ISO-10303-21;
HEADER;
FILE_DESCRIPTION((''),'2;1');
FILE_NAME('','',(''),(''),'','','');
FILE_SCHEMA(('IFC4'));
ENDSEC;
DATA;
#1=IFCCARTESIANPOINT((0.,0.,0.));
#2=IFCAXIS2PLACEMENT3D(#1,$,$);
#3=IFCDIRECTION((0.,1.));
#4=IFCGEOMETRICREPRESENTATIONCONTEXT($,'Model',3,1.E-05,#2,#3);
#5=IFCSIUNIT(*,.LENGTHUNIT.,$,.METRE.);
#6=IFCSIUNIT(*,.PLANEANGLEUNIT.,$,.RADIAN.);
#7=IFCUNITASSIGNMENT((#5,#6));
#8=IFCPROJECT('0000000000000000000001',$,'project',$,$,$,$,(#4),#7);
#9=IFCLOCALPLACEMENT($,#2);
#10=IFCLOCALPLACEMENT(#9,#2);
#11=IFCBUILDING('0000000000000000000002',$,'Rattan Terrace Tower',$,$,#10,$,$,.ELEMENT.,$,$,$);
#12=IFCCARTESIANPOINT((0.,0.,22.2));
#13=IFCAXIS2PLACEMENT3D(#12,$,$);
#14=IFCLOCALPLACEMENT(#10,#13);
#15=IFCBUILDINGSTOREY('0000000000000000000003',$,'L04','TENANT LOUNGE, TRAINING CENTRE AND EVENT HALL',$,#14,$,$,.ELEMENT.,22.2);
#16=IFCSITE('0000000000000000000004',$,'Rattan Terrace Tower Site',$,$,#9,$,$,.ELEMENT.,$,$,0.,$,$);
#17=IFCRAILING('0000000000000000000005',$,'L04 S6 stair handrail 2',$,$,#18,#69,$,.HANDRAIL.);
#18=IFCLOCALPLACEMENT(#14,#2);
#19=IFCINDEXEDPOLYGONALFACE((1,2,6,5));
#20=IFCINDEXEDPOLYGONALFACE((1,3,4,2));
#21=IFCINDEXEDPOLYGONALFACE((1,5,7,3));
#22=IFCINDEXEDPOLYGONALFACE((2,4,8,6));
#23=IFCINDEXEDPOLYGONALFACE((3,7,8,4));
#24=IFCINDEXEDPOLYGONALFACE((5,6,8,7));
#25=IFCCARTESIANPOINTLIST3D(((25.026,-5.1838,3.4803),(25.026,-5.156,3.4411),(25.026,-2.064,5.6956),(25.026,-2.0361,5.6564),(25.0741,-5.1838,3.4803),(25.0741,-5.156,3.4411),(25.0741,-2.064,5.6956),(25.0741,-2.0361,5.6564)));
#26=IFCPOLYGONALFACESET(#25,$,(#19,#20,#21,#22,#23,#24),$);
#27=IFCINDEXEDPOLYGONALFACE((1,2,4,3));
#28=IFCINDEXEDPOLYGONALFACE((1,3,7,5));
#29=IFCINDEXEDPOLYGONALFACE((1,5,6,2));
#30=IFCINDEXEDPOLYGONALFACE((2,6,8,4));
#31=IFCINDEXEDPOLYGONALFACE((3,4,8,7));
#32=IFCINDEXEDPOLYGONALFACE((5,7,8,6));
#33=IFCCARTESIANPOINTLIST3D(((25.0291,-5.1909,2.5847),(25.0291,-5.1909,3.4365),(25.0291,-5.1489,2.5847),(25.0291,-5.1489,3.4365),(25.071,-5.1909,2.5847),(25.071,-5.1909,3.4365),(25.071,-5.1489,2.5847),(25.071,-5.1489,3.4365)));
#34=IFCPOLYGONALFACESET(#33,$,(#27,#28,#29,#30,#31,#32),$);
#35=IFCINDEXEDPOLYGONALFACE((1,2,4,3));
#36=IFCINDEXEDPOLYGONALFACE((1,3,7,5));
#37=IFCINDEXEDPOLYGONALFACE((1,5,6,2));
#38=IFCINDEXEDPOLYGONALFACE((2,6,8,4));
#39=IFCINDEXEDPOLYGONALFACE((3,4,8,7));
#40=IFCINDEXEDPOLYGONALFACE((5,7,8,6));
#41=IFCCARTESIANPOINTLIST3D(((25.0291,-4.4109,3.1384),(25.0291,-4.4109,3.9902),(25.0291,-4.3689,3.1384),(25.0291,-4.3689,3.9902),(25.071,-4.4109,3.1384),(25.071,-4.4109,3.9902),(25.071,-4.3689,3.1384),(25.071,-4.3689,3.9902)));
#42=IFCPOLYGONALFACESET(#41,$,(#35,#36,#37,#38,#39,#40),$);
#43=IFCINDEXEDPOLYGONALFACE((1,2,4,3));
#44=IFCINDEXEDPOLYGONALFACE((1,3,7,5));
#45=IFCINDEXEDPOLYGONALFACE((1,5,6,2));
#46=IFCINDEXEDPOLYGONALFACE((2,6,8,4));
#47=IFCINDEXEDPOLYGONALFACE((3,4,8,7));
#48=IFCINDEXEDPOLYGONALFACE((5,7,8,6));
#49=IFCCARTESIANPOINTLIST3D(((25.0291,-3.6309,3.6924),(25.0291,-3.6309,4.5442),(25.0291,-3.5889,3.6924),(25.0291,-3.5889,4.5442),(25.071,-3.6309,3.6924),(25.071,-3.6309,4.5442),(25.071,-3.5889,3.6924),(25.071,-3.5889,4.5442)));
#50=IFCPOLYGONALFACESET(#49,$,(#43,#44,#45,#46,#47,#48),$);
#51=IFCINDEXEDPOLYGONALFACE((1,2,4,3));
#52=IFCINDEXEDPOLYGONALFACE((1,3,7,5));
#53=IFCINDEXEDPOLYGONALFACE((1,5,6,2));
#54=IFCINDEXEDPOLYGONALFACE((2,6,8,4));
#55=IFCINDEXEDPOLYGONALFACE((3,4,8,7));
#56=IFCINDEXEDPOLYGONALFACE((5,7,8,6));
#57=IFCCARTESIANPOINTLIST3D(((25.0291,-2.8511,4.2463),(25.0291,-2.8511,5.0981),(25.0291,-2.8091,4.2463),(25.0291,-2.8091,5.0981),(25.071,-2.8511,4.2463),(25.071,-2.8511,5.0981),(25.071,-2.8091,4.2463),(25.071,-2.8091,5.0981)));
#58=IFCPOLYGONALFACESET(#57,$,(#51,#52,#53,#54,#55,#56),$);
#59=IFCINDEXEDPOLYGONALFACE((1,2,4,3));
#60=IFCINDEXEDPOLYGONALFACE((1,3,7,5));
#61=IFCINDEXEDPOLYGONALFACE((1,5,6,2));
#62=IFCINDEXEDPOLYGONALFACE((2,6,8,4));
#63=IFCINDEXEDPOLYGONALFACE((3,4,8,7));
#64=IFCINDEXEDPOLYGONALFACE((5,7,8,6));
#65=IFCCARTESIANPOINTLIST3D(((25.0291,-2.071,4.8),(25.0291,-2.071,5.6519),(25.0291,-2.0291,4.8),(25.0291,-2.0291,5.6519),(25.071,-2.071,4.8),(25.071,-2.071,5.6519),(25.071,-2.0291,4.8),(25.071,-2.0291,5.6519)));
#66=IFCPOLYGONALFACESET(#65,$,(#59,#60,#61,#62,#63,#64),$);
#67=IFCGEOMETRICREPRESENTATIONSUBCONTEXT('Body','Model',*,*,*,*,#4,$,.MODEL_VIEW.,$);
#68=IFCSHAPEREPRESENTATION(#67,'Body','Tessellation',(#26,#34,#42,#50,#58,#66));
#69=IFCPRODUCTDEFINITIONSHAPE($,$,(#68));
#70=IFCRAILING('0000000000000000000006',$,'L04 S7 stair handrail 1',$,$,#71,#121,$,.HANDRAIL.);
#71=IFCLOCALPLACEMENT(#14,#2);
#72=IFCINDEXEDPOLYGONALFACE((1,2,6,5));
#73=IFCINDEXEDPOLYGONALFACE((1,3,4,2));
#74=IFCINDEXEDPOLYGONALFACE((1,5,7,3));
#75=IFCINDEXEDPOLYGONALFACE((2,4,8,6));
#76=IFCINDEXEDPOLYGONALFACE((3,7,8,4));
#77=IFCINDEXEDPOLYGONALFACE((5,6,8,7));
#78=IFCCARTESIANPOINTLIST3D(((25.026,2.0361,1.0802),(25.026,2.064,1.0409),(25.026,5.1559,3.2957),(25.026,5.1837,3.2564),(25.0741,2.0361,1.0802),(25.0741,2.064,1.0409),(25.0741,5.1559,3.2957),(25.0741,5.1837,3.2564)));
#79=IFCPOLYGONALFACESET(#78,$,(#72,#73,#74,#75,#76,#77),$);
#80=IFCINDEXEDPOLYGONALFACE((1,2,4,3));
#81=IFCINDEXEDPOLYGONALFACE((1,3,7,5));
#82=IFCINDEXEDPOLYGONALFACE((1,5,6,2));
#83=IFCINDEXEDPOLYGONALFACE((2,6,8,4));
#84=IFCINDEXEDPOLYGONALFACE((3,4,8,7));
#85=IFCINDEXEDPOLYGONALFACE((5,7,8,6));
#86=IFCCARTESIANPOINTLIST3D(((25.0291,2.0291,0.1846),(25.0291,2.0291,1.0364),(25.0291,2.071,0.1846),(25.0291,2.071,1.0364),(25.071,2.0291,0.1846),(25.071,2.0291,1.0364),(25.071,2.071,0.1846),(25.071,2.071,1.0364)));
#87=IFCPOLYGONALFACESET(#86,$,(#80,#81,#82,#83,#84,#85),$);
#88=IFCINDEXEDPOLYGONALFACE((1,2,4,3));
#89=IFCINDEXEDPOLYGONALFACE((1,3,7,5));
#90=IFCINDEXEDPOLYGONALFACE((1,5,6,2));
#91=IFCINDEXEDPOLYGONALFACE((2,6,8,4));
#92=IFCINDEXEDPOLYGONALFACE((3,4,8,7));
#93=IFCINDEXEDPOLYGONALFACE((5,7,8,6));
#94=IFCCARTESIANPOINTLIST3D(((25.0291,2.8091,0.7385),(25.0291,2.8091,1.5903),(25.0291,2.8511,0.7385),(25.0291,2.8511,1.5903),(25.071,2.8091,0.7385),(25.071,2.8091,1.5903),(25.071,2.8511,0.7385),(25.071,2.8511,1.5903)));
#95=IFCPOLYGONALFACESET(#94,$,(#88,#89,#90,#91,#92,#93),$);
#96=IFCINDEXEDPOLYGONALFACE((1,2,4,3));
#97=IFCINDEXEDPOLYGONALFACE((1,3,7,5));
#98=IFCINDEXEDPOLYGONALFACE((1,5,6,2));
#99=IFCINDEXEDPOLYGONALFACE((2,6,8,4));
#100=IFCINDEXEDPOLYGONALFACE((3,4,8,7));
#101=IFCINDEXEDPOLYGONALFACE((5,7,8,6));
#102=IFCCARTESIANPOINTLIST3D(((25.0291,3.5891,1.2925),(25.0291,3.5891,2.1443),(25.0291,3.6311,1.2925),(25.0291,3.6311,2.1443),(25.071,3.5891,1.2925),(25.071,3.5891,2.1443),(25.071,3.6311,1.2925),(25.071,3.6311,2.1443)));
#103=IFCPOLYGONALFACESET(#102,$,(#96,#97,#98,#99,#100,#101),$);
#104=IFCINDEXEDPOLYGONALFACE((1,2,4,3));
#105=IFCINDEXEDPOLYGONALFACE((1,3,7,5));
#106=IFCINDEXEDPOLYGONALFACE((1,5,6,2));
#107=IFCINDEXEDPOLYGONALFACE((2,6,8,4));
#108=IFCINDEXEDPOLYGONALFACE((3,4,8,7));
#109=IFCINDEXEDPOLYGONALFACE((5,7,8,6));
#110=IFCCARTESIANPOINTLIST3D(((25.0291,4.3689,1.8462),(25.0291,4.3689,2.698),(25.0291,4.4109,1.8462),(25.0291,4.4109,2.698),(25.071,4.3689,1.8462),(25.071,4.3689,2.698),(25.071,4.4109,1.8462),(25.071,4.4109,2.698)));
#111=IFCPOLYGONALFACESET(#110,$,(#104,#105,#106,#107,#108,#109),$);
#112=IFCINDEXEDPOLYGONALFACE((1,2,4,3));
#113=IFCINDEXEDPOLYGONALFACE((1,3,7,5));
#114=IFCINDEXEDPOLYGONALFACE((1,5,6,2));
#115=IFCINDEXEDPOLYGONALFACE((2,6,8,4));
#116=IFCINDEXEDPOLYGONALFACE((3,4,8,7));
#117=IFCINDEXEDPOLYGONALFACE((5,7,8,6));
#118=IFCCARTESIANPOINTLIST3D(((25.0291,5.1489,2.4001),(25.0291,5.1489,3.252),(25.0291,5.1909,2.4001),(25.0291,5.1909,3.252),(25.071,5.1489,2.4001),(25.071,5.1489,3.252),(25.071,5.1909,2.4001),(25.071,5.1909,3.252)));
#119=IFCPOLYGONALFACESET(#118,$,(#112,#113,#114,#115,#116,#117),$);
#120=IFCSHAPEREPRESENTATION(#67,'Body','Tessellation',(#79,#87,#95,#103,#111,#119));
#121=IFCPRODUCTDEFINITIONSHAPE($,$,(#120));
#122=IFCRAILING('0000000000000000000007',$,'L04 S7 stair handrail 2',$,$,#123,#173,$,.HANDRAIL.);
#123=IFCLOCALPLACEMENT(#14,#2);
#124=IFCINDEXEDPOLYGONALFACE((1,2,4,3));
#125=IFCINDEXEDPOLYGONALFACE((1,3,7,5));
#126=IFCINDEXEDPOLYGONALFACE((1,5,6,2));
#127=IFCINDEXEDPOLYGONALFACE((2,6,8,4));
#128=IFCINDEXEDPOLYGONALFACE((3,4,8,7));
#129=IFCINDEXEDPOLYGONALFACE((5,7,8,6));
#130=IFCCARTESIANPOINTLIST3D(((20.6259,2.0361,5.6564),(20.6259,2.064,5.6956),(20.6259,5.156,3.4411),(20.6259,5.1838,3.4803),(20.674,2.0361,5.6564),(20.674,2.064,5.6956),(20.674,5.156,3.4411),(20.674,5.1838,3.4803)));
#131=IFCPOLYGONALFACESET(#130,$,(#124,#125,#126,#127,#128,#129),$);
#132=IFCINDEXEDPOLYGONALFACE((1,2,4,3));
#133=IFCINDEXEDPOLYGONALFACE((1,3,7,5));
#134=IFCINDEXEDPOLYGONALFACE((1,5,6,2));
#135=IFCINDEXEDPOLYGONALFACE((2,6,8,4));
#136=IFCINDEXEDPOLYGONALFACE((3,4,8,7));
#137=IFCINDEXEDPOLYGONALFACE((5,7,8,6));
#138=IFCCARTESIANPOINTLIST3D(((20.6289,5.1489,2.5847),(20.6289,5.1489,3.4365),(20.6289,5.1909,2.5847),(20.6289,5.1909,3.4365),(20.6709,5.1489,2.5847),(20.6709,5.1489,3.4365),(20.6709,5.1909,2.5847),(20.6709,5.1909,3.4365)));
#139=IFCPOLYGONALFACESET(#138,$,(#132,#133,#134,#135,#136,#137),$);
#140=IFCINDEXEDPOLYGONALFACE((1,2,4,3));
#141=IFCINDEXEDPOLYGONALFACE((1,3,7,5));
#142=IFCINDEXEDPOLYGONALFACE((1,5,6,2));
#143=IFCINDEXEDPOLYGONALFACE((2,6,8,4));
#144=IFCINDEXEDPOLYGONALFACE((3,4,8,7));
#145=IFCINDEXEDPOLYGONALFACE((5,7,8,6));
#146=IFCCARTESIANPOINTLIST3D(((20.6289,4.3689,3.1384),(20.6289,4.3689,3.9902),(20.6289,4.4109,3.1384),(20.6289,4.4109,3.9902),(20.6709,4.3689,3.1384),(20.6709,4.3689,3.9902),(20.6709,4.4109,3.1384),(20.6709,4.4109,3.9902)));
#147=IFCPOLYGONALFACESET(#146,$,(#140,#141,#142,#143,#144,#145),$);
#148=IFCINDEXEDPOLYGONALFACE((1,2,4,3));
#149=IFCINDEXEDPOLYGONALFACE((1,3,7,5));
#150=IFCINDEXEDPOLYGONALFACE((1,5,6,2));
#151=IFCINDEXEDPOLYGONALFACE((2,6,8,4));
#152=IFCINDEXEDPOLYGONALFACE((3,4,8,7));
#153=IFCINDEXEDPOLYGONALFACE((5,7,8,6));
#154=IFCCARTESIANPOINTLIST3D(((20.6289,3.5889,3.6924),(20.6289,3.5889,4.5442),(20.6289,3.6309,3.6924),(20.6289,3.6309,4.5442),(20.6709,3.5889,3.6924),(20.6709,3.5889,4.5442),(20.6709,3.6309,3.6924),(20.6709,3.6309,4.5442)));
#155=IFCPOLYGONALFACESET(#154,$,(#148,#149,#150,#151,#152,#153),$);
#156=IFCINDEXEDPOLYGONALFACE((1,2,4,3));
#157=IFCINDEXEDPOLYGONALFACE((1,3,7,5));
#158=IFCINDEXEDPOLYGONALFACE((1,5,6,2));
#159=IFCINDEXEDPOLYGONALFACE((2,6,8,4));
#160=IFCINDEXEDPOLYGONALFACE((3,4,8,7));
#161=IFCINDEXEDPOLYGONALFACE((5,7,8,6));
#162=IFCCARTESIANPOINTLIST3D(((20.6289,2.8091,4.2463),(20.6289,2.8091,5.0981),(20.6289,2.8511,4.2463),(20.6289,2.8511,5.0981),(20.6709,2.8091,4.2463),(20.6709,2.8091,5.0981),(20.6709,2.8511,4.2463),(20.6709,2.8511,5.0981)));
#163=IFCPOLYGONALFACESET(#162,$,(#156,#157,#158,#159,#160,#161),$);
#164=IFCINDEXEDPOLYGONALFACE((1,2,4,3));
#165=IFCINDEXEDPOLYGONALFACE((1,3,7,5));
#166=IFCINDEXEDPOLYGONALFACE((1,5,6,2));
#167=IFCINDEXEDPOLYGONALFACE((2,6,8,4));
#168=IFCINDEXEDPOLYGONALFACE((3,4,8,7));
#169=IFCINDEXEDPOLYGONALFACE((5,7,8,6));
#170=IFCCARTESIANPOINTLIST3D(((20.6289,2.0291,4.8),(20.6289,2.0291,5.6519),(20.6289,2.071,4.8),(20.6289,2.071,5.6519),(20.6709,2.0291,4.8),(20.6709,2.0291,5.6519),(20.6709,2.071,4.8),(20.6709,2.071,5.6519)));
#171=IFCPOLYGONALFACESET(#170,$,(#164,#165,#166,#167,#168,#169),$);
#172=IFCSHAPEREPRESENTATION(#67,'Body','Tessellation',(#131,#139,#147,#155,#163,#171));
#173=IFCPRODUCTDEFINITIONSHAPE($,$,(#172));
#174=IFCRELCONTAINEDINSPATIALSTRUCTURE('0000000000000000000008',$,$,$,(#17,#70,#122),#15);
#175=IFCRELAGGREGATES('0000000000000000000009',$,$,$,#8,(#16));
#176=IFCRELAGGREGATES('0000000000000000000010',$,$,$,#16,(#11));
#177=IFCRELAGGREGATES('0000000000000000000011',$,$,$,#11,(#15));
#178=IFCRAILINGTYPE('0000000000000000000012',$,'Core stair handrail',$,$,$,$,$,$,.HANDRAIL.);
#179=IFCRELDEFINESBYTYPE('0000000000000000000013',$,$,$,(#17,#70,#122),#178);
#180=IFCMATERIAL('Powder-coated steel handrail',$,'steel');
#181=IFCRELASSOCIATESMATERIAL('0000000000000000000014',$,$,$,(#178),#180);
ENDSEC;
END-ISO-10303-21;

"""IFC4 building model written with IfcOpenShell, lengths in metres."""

from ifc_helpers import new_model, si_unit, direction, frame, origin, origin_2d, place, context, subcontext, project, spatial, rectangle, extrude, material, type_object, element, save


model = new_model("IFC4")

# Units and contexts
model_context = context("Model", 3, precision=1e-05, world=origin(), true_north=direction((0.0, 1.0)))
body_context = subcontext(model_context, "Body", "Model", "MODEL_VIEW")
ifc_project = project(units=[si_unit("LENGTHUNIT", "METRE"), si_unit("PLANEANGLEUNIT", "RADIAN")], contexts=[model_context])

# Site, building, storey
site_placement = place(None, origin())
site = spatial("IfcSite", under=ifc_project, at=site_placement, Name="Rattan Terrace Tower Site", CompositionType="ELEMENT", RefElevation=0.0)
building_placement = place(site_placement, origin())
building = spatial("IfcBuilding", under=site, at=building_placement, Name="Rattan Terrace Tower", CompositionType="ELEMENT")
storey_placement = place(building_placement, frame((0.0, 0.0, 22.2)))
storey = spatial("IfcBuildingStorey", under=building, at=storey_placement, Name="L04", Description="TENANT LOUNGE, TRAINING CENTRE AND EVENT HALL", CompositionType="ELEMENT", Elevation=22.2)

# Railings
ifc_material_1 = material(Name="Powder-coated steel handrail", Category="steel")
railing_type_1 = type_object("IfcRailingType", Name="Core stair handrail", PredefinedType="HANDRAIL", material=ifc_material_1)
railing_1_placement = place(storey_placement, frame((25.05, -5.1699, 2.5847)))
element("IfcRailing", 1, at=railing_1_placement, inside=storey, type_object=railing_type_1, Name="L04 S6 stair handrail 2", PredefinedType="HANDRAIL", context=body_context, shape_type="SweptSolid", body=[
    extrude(rectangle(XDim=0.0481, YDim=0.0481, at=origin_2d()), frame((0.0, 0.0, 0.876), z_axis=(0.0, 0.815356, 0.578961), x_axis=(-1.0, 0.0, 0.0)), (0.0, 0.0, 1.0), 3.8264),
    extrude(rectangle(XDim=0.042, YDim=0.042, at=origin_2d()), origin(), (0.0, 0.0, 1.0), 0.8518),
    extrude(rectangle(XDim=0.042, YDim=0.042, at=origin_2d()), frame((0.0, 0.78, 0.5537)), (0.0, 0.0, 1.0), 0.8518),
    extrude(rectangle(XDim=0.042, YDim=0.042, at=origin_2d()), frame((0.0, 1.5601, 1.1077)), (0.0, 0.0, 1.0), 0.8518),
    extrude(rectangle(XDim=0.042, YDim=0.042, at=origin_2d()), frame((0.0, 2.3398, 1.6616)), (0.0, 0.0, 1.0), 0.8518),
    extrude(rectangle(XDim=0.042, YDim=0.042, at=origin_2d()), frame((0.0, 3.1199, 2.2153)), (0.0, 0.0, 1.0), 0.8518),
])
railing_2_placement = place(storey_placement, frame((25.05, 2.05, 0.1846)))
element("IfcRailing", 2, at=railing_2_placement, inside=storey, type_object=railing_type_1, Name="L04 S7 stair handrail 1", PredefinedType="HANDRAIL", context=body_context, shape_type="SweptSolid", body=[
    extrude(rectangle(XDim=0.0481, YDim=0.0481, at=origin_2d()), frame((0.0, 0.0, 0.876), z_axis=(0.0, 0.815325, 0.579003), x_axis=(-1.0, 0.0, 0.0)), (0.0, 0.0, 1.0), 3.8264),
    extrude(rectangle(XDim=0.042, YDim=0.042, at=origin_2d()), origin(), (0.0, 0.0, 1.0), 0.8518),
    extrude(rectangle(XDim=0.042, YDim=0.042, at=origin_2d()), frame((0.0, 0.78, 0.554)), (0.0, 0.0, 1.0), 0.8518),
    extrude(rectangle(XDim=0.042, YDim=0.042, at=origin_2d()), frame((0.0, 1.5601, 1.1079)), (0.0, 0.0, 1.0), 0.8518),
    extrude(rectangle(XDim=0.042, YDim=0.042, at=origin_2d()), frame((0.0, 2.3398, 1.6616)), (0.0, 0.0, 1.0), 0.8518),
    extrude(rectangle(XDim=0.042, YDim=0.042, at=origin_2d()), frame((0.0, 3.1199, 2.2156)), (0.0, 0.0, 1.0), 0.8518),
])
railing_3_placement = place(storey_placement, frame((20.6499, 5.1699, 2.5847)))
element("IfcRailing", 3, at=railing_3_placement, inside=storey, type_object=railing_type_1, Name="L04 S7 stair handrail 2", PredefinedType="HANDRAIL", context=body_context, shape_type="SweptSolid", body=[
    extrude(rectangle(XDim=0.0481, YDim=0.0481, at=origin_2d()), frame((0.0, 0.0, 0.876), z_axis=(0.0, -0.815356, 0.578961), x_axis=(1.0, 0.0, 0.0)), (0.0, 0.0, 1.0), 3.8264),
    extrude(rectangle(XDim=0.042, YDim=0.042, at=origin_2d()), origin(), (0.0, 0.0, 1.0), 0.8518),
    extrude(rectangle(XDim=0.042, YDim=0.042, at=origin_2d()), frame((0.0, -0.78, 0.5537)), (0.0, 0.0, 1.0), 0.8518),
    extrude(rectangle(XDim=0.042, YDim=0.042, at=origin_2d()), frame((0.0, -1.5601, 1.1077)), (0.0, 0.0, 1.0), 0.8518),
    extrude(rectangle(XDim=0.042, YDim=0.042, at=origin_2d()), frame((0.0, -2.3398, 1.6616)), (0.0, 0.0, 1.0), 0.8518),
    extrude(rectangle(XDim=0.042, YDim=0.042, at=origin_2d()), frame((0.0, -3.1199, 2.2153)), (0.0, 0.0, 1.0), 0.8518),
])

save(model, "model.ifc")
